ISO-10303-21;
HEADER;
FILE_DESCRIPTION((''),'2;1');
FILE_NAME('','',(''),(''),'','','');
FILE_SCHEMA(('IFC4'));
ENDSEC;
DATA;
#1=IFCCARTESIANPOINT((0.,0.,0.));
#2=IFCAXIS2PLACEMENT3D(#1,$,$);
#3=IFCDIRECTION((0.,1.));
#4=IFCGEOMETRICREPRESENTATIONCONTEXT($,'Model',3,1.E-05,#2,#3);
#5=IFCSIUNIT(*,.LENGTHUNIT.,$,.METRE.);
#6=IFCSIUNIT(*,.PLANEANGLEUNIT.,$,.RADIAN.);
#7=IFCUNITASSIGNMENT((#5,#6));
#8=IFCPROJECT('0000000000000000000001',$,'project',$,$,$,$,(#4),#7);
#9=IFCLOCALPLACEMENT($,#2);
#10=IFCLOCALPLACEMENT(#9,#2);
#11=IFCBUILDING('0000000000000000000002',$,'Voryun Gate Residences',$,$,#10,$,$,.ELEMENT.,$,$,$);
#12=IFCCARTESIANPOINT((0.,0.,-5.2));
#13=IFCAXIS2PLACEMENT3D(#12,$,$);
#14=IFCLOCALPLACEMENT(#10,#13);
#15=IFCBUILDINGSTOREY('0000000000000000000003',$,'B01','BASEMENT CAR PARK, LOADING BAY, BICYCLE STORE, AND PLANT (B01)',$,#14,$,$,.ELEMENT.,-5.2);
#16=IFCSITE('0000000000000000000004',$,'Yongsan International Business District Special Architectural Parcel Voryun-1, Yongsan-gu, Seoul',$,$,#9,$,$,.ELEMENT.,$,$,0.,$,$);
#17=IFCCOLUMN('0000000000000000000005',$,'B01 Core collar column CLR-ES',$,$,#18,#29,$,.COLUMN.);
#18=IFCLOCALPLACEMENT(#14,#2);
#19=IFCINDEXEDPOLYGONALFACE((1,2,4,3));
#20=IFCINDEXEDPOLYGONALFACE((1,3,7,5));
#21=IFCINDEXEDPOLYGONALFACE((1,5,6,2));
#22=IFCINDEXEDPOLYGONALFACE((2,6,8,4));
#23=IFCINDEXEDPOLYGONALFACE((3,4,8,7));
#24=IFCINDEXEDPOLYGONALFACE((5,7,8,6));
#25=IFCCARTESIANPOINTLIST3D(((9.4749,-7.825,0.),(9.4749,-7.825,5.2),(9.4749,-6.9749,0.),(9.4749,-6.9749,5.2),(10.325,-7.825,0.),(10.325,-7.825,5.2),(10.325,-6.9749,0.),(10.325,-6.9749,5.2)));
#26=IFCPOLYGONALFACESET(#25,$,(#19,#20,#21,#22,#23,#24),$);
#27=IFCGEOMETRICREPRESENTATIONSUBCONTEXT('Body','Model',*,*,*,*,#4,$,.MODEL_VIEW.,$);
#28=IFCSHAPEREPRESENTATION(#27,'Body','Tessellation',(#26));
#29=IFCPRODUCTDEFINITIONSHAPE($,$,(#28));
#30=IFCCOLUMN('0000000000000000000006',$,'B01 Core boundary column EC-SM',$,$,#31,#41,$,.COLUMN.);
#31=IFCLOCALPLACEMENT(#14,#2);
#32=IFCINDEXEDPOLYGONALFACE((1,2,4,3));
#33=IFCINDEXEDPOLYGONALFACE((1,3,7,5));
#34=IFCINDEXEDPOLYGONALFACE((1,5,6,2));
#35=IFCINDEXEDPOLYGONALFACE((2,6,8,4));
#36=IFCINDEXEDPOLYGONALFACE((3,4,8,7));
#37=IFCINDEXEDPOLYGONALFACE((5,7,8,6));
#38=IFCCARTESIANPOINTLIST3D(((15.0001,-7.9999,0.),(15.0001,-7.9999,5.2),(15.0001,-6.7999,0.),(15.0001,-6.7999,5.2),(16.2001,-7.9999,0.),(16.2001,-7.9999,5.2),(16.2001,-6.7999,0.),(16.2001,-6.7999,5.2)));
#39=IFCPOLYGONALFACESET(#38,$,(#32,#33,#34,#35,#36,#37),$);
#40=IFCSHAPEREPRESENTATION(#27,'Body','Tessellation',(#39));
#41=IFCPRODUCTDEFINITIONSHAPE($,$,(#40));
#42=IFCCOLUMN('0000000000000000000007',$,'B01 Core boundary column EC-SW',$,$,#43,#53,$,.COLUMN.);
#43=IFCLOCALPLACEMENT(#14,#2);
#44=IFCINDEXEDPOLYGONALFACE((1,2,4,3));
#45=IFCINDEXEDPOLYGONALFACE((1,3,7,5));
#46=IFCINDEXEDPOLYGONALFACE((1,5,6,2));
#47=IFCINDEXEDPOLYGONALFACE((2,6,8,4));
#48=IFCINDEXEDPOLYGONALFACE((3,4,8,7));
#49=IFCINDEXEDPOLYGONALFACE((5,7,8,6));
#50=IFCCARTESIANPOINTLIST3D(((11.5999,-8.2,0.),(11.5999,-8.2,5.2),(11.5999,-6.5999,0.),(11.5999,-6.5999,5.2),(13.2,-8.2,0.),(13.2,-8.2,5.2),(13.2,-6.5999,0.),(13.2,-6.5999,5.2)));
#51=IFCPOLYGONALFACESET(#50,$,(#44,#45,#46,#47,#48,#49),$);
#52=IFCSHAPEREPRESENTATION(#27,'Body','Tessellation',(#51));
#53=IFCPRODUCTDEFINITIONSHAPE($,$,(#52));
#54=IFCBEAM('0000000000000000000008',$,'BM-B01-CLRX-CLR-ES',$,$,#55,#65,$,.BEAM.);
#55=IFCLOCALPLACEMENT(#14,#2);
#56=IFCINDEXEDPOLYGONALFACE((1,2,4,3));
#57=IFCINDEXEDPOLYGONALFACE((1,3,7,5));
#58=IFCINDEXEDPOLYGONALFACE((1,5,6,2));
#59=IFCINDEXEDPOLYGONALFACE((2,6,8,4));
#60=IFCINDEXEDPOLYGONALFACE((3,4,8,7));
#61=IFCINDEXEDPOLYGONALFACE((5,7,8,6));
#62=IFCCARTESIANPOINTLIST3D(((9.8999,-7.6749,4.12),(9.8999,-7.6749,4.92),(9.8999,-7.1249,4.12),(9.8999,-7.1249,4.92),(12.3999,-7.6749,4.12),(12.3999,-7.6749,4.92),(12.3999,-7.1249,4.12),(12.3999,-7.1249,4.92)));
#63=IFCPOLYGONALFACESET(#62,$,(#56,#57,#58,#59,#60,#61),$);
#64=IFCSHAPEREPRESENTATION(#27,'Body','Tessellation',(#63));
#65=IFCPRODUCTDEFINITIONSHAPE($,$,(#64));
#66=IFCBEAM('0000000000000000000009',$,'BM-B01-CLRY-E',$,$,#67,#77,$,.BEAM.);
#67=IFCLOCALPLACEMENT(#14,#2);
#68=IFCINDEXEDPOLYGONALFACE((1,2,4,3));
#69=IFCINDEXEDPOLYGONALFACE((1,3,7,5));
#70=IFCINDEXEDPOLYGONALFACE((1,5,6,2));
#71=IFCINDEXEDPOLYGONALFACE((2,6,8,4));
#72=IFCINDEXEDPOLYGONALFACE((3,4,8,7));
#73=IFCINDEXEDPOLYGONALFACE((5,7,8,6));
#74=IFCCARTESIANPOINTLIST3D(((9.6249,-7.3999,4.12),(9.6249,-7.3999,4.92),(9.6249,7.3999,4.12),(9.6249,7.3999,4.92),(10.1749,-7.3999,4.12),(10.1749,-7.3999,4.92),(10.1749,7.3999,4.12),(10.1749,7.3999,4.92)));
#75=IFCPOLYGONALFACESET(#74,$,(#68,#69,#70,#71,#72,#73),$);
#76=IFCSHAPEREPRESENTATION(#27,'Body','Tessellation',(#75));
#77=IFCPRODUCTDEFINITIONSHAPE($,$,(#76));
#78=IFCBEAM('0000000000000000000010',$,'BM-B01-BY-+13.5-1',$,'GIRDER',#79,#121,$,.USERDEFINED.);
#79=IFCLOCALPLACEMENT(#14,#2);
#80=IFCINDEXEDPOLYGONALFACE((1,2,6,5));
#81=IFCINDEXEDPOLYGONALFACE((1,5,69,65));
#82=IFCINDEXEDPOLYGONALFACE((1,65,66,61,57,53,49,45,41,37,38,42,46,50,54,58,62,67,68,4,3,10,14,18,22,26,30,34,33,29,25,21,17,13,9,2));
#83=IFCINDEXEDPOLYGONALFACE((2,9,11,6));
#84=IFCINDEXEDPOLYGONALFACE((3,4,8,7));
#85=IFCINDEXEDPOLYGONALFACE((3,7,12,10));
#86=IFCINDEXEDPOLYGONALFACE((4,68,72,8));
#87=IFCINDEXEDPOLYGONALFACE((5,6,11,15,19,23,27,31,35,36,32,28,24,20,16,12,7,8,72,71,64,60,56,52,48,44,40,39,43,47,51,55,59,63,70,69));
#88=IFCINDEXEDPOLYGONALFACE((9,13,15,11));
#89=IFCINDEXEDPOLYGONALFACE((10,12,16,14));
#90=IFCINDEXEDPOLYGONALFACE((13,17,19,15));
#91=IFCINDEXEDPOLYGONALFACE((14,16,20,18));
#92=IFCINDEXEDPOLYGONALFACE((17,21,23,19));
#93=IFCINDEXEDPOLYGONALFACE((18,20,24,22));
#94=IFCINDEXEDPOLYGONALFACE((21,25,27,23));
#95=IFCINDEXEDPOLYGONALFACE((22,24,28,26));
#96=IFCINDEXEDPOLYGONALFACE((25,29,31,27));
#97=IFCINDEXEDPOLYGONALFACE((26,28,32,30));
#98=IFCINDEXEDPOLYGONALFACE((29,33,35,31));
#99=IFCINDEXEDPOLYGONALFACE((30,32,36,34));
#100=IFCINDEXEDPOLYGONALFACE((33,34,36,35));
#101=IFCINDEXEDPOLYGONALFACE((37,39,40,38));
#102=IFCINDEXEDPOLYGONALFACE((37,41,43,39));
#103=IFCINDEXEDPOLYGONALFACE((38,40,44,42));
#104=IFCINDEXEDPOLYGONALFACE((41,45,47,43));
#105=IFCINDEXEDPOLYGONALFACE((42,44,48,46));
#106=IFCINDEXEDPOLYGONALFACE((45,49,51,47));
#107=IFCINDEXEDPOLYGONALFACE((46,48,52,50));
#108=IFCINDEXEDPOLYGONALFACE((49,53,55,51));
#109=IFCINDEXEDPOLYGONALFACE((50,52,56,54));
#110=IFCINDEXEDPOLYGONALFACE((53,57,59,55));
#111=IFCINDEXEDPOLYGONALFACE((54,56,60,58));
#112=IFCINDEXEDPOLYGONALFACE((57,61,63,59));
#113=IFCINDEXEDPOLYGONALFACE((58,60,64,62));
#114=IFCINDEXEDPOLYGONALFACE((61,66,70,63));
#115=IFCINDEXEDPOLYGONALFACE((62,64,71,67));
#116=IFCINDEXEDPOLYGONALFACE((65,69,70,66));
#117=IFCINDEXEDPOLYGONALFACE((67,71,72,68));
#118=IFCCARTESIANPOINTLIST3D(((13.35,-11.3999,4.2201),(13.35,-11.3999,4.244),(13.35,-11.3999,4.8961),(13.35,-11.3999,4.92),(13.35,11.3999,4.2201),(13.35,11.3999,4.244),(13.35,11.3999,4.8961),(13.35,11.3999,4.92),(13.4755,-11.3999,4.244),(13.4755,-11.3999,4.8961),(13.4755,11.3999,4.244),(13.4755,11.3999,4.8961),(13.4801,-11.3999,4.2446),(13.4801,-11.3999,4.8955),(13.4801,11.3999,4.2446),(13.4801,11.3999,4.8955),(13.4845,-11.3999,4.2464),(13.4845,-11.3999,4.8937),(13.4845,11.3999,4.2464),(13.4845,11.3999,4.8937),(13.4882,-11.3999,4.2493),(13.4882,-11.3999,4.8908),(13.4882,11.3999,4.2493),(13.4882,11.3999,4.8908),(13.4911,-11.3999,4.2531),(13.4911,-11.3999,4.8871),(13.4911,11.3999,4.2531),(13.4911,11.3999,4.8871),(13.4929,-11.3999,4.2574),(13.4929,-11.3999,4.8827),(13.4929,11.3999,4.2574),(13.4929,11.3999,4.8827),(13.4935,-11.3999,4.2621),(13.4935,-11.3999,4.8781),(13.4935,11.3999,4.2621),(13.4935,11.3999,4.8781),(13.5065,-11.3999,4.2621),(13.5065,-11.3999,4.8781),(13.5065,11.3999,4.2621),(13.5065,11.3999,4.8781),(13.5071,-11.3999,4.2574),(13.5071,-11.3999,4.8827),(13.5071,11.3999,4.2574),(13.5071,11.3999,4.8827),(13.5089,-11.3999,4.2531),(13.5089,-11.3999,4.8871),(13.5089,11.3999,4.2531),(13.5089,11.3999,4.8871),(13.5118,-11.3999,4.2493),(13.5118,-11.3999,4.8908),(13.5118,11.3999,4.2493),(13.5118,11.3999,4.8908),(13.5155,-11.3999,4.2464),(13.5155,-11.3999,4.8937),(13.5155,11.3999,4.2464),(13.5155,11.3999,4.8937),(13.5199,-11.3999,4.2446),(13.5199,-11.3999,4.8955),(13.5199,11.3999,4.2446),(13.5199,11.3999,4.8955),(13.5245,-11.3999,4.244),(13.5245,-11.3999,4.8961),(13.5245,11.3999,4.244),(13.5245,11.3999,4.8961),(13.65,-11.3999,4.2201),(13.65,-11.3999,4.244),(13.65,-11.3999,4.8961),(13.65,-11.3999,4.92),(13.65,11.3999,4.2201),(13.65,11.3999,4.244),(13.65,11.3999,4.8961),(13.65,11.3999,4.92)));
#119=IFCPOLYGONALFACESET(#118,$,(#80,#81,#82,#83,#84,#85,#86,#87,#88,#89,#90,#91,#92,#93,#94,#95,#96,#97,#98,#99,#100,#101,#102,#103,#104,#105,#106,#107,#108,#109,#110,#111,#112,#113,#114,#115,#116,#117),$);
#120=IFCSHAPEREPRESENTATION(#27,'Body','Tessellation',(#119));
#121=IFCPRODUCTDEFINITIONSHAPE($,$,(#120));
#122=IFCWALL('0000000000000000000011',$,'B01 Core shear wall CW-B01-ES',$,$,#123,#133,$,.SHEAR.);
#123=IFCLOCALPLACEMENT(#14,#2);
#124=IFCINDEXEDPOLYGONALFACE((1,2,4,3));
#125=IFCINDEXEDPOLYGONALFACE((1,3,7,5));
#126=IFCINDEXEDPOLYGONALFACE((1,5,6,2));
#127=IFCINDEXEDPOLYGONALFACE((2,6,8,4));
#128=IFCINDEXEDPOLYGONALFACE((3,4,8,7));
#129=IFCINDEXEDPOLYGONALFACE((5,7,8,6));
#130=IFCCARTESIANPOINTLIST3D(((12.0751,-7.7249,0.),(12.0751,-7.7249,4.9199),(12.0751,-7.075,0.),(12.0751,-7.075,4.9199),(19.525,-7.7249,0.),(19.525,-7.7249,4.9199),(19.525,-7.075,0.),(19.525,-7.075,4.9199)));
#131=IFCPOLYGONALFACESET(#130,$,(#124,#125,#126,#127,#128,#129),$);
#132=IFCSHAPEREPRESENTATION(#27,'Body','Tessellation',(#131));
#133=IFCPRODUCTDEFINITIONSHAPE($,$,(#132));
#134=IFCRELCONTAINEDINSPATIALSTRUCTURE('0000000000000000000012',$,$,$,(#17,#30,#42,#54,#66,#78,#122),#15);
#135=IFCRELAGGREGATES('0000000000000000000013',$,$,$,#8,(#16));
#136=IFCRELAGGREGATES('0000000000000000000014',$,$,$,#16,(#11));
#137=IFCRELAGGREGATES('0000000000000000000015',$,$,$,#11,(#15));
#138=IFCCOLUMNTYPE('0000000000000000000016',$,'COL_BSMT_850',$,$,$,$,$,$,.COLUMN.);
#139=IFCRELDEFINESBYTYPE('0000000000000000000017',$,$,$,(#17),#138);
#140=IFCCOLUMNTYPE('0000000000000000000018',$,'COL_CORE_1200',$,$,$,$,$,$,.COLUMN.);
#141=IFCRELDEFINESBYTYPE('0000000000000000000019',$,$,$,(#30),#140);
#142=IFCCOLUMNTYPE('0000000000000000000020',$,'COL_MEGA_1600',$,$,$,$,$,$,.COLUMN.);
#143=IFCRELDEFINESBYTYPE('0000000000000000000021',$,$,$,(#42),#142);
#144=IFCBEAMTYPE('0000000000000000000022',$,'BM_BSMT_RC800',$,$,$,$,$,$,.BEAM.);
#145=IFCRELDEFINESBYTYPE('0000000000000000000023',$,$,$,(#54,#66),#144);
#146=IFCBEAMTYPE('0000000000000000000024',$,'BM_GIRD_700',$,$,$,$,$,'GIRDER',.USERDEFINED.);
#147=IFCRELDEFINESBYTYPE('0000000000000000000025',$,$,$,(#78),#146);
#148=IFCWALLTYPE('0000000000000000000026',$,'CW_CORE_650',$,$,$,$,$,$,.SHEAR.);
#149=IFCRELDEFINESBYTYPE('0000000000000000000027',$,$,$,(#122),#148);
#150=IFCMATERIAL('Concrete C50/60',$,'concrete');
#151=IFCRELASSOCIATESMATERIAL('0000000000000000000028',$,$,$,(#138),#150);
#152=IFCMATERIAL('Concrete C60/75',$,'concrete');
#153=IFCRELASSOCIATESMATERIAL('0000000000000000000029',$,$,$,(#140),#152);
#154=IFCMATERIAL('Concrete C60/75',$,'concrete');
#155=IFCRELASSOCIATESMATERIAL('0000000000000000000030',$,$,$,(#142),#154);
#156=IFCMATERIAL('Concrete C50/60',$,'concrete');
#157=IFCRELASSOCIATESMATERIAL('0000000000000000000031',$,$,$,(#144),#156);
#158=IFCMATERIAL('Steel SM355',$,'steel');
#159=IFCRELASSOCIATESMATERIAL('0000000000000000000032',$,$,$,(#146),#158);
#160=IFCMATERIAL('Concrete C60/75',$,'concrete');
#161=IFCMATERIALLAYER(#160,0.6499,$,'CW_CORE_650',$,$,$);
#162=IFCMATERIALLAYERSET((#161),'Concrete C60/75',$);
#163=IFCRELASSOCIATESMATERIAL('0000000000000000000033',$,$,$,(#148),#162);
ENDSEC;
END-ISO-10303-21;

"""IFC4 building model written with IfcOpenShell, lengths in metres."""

from ifc_helpers import new_model, si_unit, direction, frame, frame_2d, origin, origin_2d, place, context, subcontext, project, spatial, rectangle, i_section, extrude, material, layer, layer_set, material_profile, profile_set, type_object, element, save


model = new_model("IFC4")

# Units and contexts
model_context = context("Model", 3, precision=1e-05, world=origin(), true_north=direction((0.0, 1.0)))
body_context = subcontext(model_context, "Body", "Model", "MODEL_VIEW")
ifc_project = project(units=[si_unit("LENGTHUNIT", "METRE"), si_unit("PLANEANGLEUNIT", "RADIAN")], contexts=[model_context])

# Site, building, storey
site_placement = place(None, origin())
site = spatial("IfcSite", under=ifc_project, at=site_placement, Name="Yongsan International Business District Special Architectural Parcel Voryun-1, Yongsan-gu, Seoul", CompositionType="ELEMENT", RefElevation=0.0)
building_placement = place(site_placement, origin())
building = spatial("IfcBuilding", under=site, at=building_placement, Name="Voryun Gate Residences", CompositionType="ELEMENT")
storey_placement = place(building_placement, frame((0.0, 0.0, -5.2)))
storey = spatial("IfcBuildingStorey", under=building, at=storey_placement, Name="B01", Description="BASEMENT CAR PARK, LOADING BAY, BICYCLE STORE, AND PLANT (B01)", CompositionType="ELEMENT", Elevation=-5.2)

# Columns
ifc_material_1 = material(Name="Concrete C50/60", Category="concrete")
ifc_material_profile_1 = material_profile(ifc_material_1, rectangle(XDim=0.8501, YDim=0.8501, at=origin_2d()), Name="RC-850x850")
ifc_profile_set_1 = profile_set([ifc_material_profile_1], Name="Concrete C50/60")
column_type_1 = type_object("IfcColumnType", Name="COL_BSMT_850", PredefinedType="COLUMN", material=ifc_profile_set_1)
column_1_placement = place(storey_placement, frame((9.8999, -7.3999, 0.0), z_axis=(0.0, 0.0, 1.0), x_axis=(1.0, 0.0, 0.0)))
element("IfcColumn", 1, at=column_1_placement, inside=storey, type_object=column_type_1, Name="B01 Core collar column CLR-ES", PredefinedType="COLUMN", context=body_context, shape_type="SweptSolid", body=[
    extrude(rectangle(XDim=0.8501, YDim=0.8501, at=origin_2d()), origin(), (0.0, 0.0, 1.0), 5.2),
])
ifc_material_2 = material(Name="Concrete C60/75", Category="concrete")
ifc_material_profile_2 = material_profile(ifc_material_2, rectangle(XDim=1.2, YDim=1.2, at=origin_2d()), Name="RC-1200x1200")
ifc_profile_set_2 = profile_set([ifc_material_profile_2], Name="Concrete C60/75")
column_type_2 = type_object("IfcColumnType", Name="COL_CORE_1200", PredefinedType="COLUMN", material=ifc_profile_set_2)
column_2_placement = place(storey_placement, frame((15.6001, -7.3999, 0.0), z_axis=(0.0, 0.0, 1.0), x_axis=(1.0, 0.0, 0.0)))
element("IfcColumn", 2, at=column_2_placement, inside=storey, type_object=column_type_2, Name="B01 Core boundary column EC-SM", PredefinedType="COLUMN", context=body_context, shape_type="SweptSolid", body=[
    extrude(rectangle(XDim=1.2, YDim=1.2, at=origin_2d()), origin(), (0.0, 0.0, 1.0), 5.2),
])
ifc_material_3 = material(Name="Concrete C60/75", Category="concrete")
ifc_material_profile_3 = material_profile(ifc_material_3, rectangle(XDim=1.6001, YDim=1.6001, at=origin_2d()), Name="RC-1600x1600")
ifc_profile_set_3 = profile_set([ifc_material_profile_3], Name="Concrete C60/75")
column_type_3 = type_object("IfcColumnType", Name="COL_MEGA_1600", PredefinedType="COLUMN", material=ifc_profile_set_3)
column_3_placement = place(storey_placement, frame((12.3999, -7.3999, 0.0), z_axis=(0.0, 0.0, 1.0), x_axis=(1.0, 0.0, 0.0)))
element("IfcColumn", 3, at=column_3_placement, inside=storey, type_object=column_type_3, Name="B01 Core boundary column EC-SW", PredefinedType="COLUMN", context=body_context, shape_type="SweptSolid", body=[
    extrude(rectangle(XDim=1.6001, YDim=1.6001, at=origin_2d()), origin(), (0.0, 0.0, 1.0), 5.2),
])

# Beams
ifc_material_4 = material(Name="Concrete C50/60", Category="concrete")
ifc_material_profile_4 = material_profile(ifc_material_4, rectangle(XDim=0.55, YDim=0.8, at=origin_2d()), Name="RC-550x800")
ifc_profile_set_4 = profile_set([ifc_material_profile_4], Name="Concrete C50/60")
beam_type_1 = type_object("IfcBeamType", Name="BM_BSMT_RC800", PredefinedType="BEAM", material=ifc_profile_set_4)
beam_1_placement = place(storey_placement, frame((12.3999, -7.3999, 4.52), z_axis=(-1.0, 0.0, 0.0), x_axis=(0.0, -1.0, 0.0)))
element("IfcBeam", 4, at=beam_1_placement, inside=storey, type_object=beam_type_1, Name="BM-B01-CLRX-CLR-ES", PredefinedType="BEAM", context=body_context, shape_type="SweptSolid", body=[
    extrude(rectangle(XDim=0.55, YDim=0.8, at=origin_2d()), origin(), (0.0, 0.0, 1.0), 2.5),
])
beam_2_placement = place(storey_placement, frame((9.8999, -7.3999, 4.52), z_axis=(0.0, 1.0, 0.0), x_axis=(-1.0, 0.0, 0.0)))
element("IfcBeam", 5, at=beam_2_placement, inside=storey, type_object=beam_type_1, Name="BM-B01-CLRY-E", PredefinedType="BEAM", context=body_context, shape_type="SweptSolid", body=[
    extrude(rectangle(XDim=0.55, YDim=0.8, at=origin_2d()), origin(), (0.0, 0.0, 1.0), 14.7998),
])
ifc_material_5 = material(Name="Steel SM355", Category="steel")
ifc_material_profile_5 = material_profile(ifc_material_5, i_section(OverallWidth=0.3, OverallDepth=0.7, WebThickness=0.0129, FlangeThickness=0.0239, FilletRadius=0.0181, at=origin_2d()), Name="H-700x300x13x24")
ifc_profile_set_5 = profile_set([ifc_material_profile_5], Name="Steel SM355")
beam_type_2 = type_object("IfcBeamType", Name="BM_GIRD_700", ElementType="GIRDER", PredefinedType="USERDEFINED", material=ifc_profile_set_5)
beam_3_placement = place(storey_placement, frame((13.5, -11.3999, 4.5701), z_axis=(0.0, 1.0, 0.0), x_axis=(-1.0, 0.0, 0.0)))
element("IfcBeam", 6, at=beam_3_placement, inside=storey, type_object=beam_type_2, Name="BM-B01-BY-+13.5-1", ObjectType="GIRDER", PredefinedType="USERDEFINED", context=body_context, shape_type="SweptSolid", body=[
    extrude(i_section(OverallWidth=0.3, OverallDepth=0.7, WebThickness=0.0129, FlangeThickness=0.0239, FilletRadius=0.0181, at=origin_2d()), origin(), (0.0, 0.0, 1.0), 22.7998),
])

# Wall
ifc_material_6 = material(Name="Concrete C60/75", Category="concrete")
ifc_layer_1 = layer(ifc_material_6, 0.6499, Name="CW_CORE_650")
ifc_layer_set_1 = layer_set([ifc_layer_1], Name="Concrete C60/75")
wall_type_1 = type_object("IfcWallType", Name="CW_CORE_650", PredefinedType="SHEAR", material=ifc_layer_set_1)
wall_1_placement = place(storey_placement, frame((12.075, -7.3999, 0.0), z_axis=(0.0, 0.0, 1.0), x_axis=(1.0, 0.0, 0.0)))
element("IfcWall", 7, at=wall_1_placement, inside=storey, type_object=wall_type_1, Name="B01 Core shear wall CW-B01-ES", PredefinedType="SHEAR", context=body_context, shape_type="SweptSolid", body=[
    extrude(rectangle(XDim=7.45, YDim=0.6499, at=frame_2d((3.7251, 0.0))), origin(), (0.0, 0.0, 1.0), 4.9199),
])

save(model, "model.ifc")
